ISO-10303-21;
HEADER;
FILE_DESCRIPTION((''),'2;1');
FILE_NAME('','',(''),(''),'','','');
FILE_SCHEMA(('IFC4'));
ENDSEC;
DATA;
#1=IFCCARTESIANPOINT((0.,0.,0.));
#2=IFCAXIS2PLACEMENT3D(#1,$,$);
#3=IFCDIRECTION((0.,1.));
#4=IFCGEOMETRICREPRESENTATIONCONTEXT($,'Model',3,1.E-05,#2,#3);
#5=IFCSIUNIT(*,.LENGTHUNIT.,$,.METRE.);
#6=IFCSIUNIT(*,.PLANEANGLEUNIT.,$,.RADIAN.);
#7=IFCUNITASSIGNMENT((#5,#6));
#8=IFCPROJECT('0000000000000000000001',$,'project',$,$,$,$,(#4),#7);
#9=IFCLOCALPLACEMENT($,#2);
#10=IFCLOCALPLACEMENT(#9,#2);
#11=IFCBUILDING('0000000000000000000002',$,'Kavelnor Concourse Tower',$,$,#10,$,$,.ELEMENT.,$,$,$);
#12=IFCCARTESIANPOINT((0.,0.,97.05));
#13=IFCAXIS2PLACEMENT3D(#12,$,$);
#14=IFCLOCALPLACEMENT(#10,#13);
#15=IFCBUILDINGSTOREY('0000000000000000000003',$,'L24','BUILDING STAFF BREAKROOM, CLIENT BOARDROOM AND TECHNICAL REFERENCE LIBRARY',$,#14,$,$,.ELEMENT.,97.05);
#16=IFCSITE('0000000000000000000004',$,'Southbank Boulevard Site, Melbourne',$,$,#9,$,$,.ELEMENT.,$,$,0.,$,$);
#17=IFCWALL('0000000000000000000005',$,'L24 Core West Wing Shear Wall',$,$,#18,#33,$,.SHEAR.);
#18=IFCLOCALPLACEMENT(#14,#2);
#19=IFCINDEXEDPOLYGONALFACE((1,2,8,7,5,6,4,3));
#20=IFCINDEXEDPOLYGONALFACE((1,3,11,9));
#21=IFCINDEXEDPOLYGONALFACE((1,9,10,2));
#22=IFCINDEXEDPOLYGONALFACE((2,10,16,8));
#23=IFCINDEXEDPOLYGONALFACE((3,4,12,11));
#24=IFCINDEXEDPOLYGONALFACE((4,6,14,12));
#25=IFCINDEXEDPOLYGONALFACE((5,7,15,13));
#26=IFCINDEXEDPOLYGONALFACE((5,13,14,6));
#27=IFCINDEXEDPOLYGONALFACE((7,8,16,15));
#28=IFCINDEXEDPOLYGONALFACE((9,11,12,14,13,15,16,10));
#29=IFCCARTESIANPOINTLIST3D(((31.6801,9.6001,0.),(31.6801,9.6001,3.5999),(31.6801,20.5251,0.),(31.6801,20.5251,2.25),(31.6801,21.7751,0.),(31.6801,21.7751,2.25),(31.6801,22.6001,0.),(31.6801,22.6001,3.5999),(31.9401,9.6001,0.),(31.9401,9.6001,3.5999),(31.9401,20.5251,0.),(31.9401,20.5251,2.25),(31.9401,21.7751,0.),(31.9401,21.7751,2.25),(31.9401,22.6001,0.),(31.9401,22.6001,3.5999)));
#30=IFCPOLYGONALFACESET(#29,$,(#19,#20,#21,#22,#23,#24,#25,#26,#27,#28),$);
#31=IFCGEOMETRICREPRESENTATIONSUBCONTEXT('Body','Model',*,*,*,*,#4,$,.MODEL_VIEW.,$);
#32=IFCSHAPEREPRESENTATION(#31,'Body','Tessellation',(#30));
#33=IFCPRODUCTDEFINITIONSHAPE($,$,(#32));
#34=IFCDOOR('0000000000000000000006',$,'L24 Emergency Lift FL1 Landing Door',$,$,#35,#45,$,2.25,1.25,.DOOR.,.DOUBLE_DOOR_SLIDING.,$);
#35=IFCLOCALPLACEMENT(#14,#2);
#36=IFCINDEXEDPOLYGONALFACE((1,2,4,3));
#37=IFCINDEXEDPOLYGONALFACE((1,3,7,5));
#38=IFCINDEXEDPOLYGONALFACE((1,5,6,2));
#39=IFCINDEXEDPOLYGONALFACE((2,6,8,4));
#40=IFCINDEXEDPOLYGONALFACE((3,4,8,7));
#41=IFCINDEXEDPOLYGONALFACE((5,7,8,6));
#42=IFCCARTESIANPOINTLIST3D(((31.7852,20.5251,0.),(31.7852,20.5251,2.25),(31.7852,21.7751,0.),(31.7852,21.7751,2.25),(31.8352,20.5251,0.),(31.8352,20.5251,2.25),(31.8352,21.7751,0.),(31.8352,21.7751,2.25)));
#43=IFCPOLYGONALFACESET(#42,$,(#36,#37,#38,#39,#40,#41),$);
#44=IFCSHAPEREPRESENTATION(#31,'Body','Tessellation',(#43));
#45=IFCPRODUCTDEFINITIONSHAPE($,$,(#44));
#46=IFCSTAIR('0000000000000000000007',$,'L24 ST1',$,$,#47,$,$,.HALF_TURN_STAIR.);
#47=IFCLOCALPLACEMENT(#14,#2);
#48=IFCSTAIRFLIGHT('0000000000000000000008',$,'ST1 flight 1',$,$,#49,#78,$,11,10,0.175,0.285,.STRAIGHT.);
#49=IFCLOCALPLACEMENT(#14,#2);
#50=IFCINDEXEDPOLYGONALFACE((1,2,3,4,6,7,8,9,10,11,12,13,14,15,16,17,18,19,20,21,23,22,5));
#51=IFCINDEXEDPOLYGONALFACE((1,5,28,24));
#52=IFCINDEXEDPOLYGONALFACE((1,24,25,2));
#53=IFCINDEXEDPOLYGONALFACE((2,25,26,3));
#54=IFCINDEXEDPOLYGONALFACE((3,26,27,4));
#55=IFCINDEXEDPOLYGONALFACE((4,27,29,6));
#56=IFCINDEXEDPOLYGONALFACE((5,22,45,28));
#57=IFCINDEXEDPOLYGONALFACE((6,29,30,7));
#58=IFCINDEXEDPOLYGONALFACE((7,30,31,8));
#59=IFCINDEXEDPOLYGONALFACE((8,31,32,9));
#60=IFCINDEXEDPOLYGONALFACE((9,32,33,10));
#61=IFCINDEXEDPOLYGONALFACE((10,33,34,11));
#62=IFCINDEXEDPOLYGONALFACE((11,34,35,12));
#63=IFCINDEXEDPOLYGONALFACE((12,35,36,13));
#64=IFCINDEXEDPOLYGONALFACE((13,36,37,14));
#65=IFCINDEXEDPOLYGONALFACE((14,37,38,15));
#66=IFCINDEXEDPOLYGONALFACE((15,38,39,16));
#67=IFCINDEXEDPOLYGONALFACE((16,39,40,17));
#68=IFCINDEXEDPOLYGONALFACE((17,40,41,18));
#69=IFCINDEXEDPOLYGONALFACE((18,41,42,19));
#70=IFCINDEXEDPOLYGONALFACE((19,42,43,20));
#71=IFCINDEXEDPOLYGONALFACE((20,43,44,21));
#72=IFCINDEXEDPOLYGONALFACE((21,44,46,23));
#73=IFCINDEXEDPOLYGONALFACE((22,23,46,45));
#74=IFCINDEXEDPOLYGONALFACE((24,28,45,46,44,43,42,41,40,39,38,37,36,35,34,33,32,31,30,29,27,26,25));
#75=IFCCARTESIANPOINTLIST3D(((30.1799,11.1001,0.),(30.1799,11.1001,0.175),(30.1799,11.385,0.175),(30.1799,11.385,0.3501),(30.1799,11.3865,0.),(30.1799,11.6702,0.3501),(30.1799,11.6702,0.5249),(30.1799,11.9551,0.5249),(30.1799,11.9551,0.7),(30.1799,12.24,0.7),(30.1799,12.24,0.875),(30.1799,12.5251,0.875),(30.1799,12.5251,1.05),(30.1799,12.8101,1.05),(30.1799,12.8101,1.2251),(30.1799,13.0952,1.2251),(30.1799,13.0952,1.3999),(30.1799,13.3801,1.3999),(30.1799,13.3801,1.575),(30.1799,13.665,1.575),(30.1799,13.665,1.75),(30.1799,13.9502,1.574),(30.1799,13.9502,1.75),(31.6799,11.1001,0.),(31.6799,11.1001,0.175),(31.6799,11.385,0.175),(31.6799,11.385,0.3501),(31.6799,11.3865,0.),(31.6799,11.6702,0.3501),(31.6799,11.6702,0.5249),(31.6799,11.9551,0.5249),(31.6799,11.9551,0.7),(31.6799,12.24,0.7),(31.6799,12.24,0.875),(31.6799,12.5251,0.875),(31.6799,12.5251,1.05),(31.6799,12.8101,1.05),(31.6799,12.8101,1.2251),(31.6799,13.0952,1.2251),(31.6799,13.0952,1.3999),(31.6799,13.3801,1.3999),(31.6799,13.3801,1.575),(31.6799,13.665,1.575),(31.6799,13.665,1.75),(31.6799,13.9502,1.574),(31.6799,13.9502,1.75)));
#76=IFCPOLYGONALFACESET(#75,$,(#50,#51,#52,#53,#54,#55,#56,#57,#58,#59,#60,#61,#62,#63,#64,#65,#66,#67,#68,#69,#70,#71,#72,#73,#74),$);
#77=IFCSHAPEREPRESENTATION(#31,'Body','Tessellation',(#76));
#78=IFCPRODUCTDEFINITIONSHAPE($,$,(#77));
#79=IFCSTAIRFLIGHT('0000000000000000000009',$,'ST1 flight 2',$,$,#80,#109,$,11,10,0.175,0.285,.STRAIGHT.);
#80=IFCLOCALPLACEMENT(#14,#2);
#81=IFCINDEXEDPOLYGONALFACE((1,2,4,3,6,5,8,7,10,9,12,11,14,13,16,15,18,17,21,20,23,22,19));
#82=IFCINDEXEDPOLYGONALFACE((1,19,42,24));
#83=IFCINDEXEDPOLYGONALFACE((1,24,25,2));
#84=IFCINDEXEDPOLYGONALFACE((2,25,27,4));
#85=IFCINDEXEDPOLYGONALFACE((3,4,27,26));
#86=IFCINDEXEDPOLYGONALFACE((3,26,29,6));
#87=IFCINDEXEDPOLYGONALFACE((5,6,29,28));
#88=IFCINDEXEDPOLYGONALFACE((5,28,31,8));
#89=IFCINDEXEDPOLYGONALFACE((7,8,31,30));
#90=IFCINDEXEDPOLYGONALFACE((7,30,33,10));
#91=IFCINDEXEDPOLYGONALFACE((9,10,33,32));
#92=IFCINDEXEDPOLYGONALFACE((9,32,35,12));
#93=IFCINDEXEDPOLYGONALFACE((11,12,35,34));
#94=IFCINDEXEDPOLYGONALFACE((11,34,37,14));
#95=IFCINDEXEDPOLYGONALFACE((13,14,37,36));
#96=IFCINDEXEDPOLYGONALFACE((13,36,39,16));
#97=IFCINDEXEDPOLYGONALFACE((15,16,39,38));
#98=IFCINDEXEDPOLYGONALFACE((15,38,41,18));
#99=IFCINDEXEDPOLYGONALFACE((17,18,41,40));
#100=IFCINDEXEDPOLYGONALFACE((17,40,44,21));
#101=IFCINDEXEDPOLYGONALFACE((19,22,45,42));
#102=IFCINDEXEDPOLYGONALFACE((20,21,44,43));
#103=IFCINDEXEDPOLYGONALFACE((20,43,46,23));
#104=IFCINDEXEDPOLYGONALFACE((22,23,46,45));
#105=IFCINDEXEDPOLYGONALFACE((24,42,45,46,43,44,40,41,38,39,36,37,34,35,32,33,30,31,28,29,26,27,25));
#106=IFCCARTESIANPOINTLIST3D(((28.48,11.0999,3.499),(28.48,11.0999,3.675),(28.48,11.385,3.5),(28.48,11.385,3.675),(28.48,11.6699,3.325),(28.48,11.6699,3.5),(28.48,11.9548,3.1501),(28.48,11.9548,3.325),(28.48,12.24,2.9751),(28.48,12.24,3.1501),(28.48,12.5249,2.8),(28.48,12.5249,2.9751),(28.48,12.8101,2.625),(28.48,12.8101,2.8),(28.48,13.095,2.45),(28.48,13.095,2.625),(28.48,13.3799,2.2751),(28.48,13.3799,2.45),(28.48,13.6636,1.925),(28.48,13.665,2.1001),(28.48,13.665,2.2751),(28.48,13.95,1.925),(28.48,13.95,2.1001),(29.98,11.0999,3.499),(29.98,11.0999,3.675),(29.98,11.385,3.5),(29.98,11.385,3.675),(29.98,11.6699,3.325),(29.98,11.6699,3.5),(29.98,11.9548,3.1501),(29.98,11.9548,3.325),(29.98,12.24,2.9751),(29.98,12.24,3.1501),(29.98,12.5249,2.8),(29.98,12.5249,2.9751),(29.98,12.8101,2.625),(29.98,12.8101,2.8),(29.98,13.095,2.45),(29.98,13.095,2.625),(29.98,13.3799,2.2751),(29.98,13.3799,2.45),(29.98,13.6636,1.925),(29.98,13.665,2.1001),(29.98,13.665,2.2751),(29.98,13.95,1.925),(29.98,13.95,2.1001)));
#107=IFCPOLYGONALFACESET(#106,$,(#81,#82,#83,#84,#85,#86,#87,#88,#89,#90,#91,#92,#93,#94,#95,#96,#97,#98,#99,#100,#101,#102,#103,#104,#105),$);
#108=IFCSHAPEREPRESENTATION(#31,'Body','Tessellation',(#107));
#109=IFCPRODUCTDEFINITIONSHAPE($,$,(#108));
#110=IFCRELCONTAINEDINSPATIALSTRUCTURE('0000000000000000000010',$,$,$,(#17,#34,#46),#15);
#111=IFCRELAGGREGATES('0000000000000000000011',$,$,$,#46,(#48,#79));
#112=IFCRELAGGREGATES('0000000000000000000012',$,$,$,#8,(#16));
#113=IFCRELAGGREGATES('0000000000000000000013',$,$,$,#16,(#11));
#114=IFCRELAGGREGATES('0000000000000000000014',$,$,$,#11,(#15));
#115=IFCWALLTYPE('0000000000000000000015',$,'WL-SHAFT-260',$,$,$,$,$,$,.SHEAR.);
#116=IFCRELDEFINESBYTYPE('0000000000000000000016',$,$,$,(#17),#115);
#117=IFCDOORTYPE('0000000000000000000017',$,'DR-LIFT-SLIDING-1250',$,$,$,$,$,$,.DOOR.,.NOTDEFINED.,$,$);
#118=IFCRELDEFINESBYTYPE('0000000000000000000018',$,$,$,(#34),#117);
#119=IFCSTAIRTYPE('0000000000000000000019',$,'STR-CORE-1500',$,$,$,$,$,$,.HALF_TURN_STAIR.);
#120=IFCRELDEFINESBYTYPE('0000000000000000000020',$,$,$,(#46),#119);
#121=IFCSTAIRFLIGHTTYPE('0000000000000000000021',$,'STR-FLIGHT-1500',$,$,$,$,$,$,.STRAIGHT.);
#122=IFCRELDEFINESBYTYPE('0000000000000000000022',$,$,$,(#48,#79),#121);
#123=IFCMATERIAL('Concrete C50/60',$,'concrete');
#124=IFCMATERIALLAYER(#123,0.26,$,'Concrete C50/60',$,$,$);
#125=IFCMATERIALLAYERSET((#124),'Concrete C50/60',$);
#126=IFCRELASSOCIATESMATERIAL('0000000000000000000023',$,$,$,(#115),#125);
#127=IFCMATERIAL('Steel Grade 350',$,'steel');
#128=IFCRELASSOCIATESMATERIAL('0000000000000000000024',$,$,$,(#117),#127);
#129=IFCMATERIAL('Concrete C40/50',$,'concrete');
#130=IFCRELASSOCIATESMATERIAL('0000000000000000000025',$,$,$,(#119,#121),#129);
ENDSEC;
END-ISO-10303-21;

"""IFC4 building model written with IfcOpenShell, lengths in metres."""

from ifc_helpers import new_model, si_unit, direction, frame, frame_2d, origin, place, context, subcontext, project, spatial, polyline, rectangle, outline, extrude, material, layer, layer_set, type_object, element, fill, aggregate, save


model = new_model("IFC4")

# Units and contexts
model_context = context("Model", 3, precision=1e-05, world=origin(), true_north=direction((0.0, 1.0)))
body_context = subcontext(model_context, "Body", "Model", "MODEL_VIEW")
ifc_project = project(units=[si_unit("LENGTHUNIT", "METRE"), si_unit("PLANEANGLEUNIT", "RADIAN")], contexts=[model_context])

# Site, building, storey
site_placement = place(None, origin())
site = spatial("IfcSite", under=ifc_project, at=site_placement, Name="Southbank Boulevard Site, Melbourne", CompositionType="ELEMENT", RefElevation=0.0)
building_placement = place(site_placement, origin())
building = spatial("IfcBuilding", under=site, at=building_placement, Name="Kavelnor Concourse Tower", CompositionType="ELEMENT")
storey_placement = place(building_placement, frame((0.0, 0.0, 97.05)))
storey = spatial("IfcBuildingStorey", under=building, at=storey_placement, Name="L24", Description="BUILDING STAFF BREAKROOM, CLIENT BOARDROOM AND TECHNICAL REFERENCE LIBRARY", CompositionType="ELEMENT", Elevation=97.05)

# Shared definitions
ifc_material_1 = material(Name="Steel Grade 350", Category="steel")

# Shared definitions
ifc_material_2 = material(Name="Concrete C50/60", Category="concrete")

# Wall, opening, door
ifc_layer_1 = layer(ifc_material_2, 0.26, Name="Concrete C50/60")
ifc_layer_set_1 = layer_set([ifc_layer_1], Name="Concrete C50/60")
wall_type_1 = type_object("IfcWallType", Name="WL-SHAFT-260", PredefinedType="SHEAR", material=ifc_layer_set_1)
wall_1_placement = place(storey_placement, frame((31.8101, 9.6001, 0.0), z_axis=(0.0, 0.0, 1.0), x_axis=(0.0, 1.0, 0.0)))
wall_1 = element("IfcWall", 1, at=wall_1_placement, inside=storey, type_object=wall_type_1, Name="L24 Core West Wing Shear Wall", PredefinedType="SHEAR", context=body_context, shape_type="SweptSolid", body=[
    extrude(rectangle(XDim=13.0, YDim=0.26, at=frame_2d((6.5, 0.0))), origin(), (0.0, 0.0, 1.0), 3.5999),
])
opening_1_placement = place(wall_1_placement, frame((10.925, 0.0, 0.0)))
opening_1 = element("IfcOpeningElement", 2, at=opening_1_placement, cuts=wall_1, PredefinedType="OPENING", context=body_context, shape_type="SweptSolid", body=[
    extrude(rectangle(XDim=1.25, YDim=2.25, at=frame_2d((0.625, 1.125))), frame((0.0, 0.1401, 0.0), z_axis=(0.0, -1.0, 0.0), x_axis=(1.0, 0.0, 0.0)), (0.0, 0.0, 1.0), 0.28),
])
door_type_1 = type_object("IfcDoorType", Name="DR-LIFT-SLIDING-1250", OperationType="NOTDEFINED", PredefinedType="DOOR", material=ifc_material_1)
door_1_placement = place(opening_1_placement, origin())
door_1 = element("IfcDoor", 3, at=door_1_placement, inside=storey, type_object=door_type_1, Name="L24 Emergency Lift FL1 Landing Door", OperationType="DOUBLE_DOOR_SLIDING", OverallHeight=2.25, OverallWidth=1.25, PredefinedType="DOOR", context=body_context, shape_type="SweptSolid", body=[
    extrude(rectangle(XDim=1.25, YDim=2.25, at=frame_2d((0.625, 1.125))), frame((0.0, 0.0249, 0.0), z_axis=(0.0, -1.0, 0.0), x_axis=(1.0, 0.0, 0.0)), (0.0, 0.0, 1.0), 0.05),
])
fill(opening_1, door_1)

# Stair, stair flights
ifc_material_3 = material(Name="Concrete C40/50", Category="concrete")
stair_type = type_object("IfcStairType", Name="STR-CORE-1500", PredefinedType="HALF_TURN_STAIR", material=ifc_material_3)
stair_placement = place(storey_placement, origin())
stair = element("IfcStair", 4, at=stair_placement, inside=storey, type_object=stair_type, Name="L24 ST1", PredefinedType="HALF_TURN_STAIR")
stair_flight_type = type_object("IfcStairFlightType", Name="STR-FLIGHT-1500", PredefinedType="STRAIGHT", material=ifc_material_3)
stair_flight_1_placement = place(storey_placement, frame((30.9299, 11.1001, 0.0), z_axis=(0.0, 0.0, 1.0), x_axis=(0.0, 1.0, 0.0)))
stair_flight_1 = element("IfcStairFlight", 5, at=stair_flight_1_placement, type_object=stair_flight_type, Name="ST1 flight 1", NumberOfRisers=11, NumberOfTreads=10, PredefinedType="STRAIGHT", RiserHeight=0.175, TreadLength=0.285, context=body_context, shape_type="SweptSolid", body=[
    extrude(outline(polyline([(0.0, 0.0), (0.0, 0.175), (0.2849, 0.175), (0.2849, 0.3501), (0.5701, 0.3501), (0.5701, 0.5249), (0.855, 0.5249), (0.855, 0.7), (1.1399, 0.7), (1.1399, 0.875), (1.425, 0.875), (1.425, 1.05), (1.71, 1.05), (1.71, 1.2251), (1.9951, 1.2251), (1.9951, 1.3999), (2.28, 1.3999), (2.28, 1.575), (2.5649, 1.575), (2.5649, 1.75), (2.8501, 1.75), (2.8501, 1.925), (2.8501, 1.574), (0.2864, 0.0), (0.0, 0.0)])), frame((0.0, 0.75, 0.0), z_axis=(0.0, -1.0, 0.0), x_axis=(1.0, 0.0, 0.0)), (0.0, 0.0, 1.0), 1.5),
])
stair_flight_2_placement = place(storey_placement, frame((29.23, 13.95, 1.925), z_axis=(0.0, 0.0, 1.0), x_axis=(0.0, -1.0, 0.0)))
stair_flight_2 = element("IfcStairFlight", 6, at=stair_flight_2_placement, type_object=stair_flight_type, Name="ST1 flight 2", NumberOfRisers=11, NumberOfTreads=10, PredefinedType="STRAIGHT", RiserHeight=0.175, TreadLength=0.285, context=body_context, shape_type="SweptSolid", body=[
    extrude(outline(polyline([(0.0, 0.0), (0.0, 0.175), (0.2849, 0.175), (0.2849, 0.3501), (0.5701, 0.3501), (0.5701, 0.5249), (0.855, 0.5249), (0.855, 0.7), (1.1399, 0.7), (1.1399, 0.875), (1.425, 0.875), (1.425, 1.05), (1.71, 1.05), (1.71, 1.2251), (1.9951, 1.2251), (1.9951, 1.3999), (2.28, 1.3999), (2.28, 1.575), (2.5649, 1.575), (2.5649, 1.75), (2.8501, 1.75), (2.8501, 1.925), (2.8501, 1.574), (0.2864, 0.0), (0.0, 0.0)])), frame((0.0, 0.75, 0.0), z_axis=(0.0, -1.0, 0.0), x_axis=(1.0, 0.0, 0.0)), (0.0, 0.0, 1.0), 1.5),
])
aggregate(stair, [stair_flight_1, stair_flight_2])

save(model, "model.ifc")
